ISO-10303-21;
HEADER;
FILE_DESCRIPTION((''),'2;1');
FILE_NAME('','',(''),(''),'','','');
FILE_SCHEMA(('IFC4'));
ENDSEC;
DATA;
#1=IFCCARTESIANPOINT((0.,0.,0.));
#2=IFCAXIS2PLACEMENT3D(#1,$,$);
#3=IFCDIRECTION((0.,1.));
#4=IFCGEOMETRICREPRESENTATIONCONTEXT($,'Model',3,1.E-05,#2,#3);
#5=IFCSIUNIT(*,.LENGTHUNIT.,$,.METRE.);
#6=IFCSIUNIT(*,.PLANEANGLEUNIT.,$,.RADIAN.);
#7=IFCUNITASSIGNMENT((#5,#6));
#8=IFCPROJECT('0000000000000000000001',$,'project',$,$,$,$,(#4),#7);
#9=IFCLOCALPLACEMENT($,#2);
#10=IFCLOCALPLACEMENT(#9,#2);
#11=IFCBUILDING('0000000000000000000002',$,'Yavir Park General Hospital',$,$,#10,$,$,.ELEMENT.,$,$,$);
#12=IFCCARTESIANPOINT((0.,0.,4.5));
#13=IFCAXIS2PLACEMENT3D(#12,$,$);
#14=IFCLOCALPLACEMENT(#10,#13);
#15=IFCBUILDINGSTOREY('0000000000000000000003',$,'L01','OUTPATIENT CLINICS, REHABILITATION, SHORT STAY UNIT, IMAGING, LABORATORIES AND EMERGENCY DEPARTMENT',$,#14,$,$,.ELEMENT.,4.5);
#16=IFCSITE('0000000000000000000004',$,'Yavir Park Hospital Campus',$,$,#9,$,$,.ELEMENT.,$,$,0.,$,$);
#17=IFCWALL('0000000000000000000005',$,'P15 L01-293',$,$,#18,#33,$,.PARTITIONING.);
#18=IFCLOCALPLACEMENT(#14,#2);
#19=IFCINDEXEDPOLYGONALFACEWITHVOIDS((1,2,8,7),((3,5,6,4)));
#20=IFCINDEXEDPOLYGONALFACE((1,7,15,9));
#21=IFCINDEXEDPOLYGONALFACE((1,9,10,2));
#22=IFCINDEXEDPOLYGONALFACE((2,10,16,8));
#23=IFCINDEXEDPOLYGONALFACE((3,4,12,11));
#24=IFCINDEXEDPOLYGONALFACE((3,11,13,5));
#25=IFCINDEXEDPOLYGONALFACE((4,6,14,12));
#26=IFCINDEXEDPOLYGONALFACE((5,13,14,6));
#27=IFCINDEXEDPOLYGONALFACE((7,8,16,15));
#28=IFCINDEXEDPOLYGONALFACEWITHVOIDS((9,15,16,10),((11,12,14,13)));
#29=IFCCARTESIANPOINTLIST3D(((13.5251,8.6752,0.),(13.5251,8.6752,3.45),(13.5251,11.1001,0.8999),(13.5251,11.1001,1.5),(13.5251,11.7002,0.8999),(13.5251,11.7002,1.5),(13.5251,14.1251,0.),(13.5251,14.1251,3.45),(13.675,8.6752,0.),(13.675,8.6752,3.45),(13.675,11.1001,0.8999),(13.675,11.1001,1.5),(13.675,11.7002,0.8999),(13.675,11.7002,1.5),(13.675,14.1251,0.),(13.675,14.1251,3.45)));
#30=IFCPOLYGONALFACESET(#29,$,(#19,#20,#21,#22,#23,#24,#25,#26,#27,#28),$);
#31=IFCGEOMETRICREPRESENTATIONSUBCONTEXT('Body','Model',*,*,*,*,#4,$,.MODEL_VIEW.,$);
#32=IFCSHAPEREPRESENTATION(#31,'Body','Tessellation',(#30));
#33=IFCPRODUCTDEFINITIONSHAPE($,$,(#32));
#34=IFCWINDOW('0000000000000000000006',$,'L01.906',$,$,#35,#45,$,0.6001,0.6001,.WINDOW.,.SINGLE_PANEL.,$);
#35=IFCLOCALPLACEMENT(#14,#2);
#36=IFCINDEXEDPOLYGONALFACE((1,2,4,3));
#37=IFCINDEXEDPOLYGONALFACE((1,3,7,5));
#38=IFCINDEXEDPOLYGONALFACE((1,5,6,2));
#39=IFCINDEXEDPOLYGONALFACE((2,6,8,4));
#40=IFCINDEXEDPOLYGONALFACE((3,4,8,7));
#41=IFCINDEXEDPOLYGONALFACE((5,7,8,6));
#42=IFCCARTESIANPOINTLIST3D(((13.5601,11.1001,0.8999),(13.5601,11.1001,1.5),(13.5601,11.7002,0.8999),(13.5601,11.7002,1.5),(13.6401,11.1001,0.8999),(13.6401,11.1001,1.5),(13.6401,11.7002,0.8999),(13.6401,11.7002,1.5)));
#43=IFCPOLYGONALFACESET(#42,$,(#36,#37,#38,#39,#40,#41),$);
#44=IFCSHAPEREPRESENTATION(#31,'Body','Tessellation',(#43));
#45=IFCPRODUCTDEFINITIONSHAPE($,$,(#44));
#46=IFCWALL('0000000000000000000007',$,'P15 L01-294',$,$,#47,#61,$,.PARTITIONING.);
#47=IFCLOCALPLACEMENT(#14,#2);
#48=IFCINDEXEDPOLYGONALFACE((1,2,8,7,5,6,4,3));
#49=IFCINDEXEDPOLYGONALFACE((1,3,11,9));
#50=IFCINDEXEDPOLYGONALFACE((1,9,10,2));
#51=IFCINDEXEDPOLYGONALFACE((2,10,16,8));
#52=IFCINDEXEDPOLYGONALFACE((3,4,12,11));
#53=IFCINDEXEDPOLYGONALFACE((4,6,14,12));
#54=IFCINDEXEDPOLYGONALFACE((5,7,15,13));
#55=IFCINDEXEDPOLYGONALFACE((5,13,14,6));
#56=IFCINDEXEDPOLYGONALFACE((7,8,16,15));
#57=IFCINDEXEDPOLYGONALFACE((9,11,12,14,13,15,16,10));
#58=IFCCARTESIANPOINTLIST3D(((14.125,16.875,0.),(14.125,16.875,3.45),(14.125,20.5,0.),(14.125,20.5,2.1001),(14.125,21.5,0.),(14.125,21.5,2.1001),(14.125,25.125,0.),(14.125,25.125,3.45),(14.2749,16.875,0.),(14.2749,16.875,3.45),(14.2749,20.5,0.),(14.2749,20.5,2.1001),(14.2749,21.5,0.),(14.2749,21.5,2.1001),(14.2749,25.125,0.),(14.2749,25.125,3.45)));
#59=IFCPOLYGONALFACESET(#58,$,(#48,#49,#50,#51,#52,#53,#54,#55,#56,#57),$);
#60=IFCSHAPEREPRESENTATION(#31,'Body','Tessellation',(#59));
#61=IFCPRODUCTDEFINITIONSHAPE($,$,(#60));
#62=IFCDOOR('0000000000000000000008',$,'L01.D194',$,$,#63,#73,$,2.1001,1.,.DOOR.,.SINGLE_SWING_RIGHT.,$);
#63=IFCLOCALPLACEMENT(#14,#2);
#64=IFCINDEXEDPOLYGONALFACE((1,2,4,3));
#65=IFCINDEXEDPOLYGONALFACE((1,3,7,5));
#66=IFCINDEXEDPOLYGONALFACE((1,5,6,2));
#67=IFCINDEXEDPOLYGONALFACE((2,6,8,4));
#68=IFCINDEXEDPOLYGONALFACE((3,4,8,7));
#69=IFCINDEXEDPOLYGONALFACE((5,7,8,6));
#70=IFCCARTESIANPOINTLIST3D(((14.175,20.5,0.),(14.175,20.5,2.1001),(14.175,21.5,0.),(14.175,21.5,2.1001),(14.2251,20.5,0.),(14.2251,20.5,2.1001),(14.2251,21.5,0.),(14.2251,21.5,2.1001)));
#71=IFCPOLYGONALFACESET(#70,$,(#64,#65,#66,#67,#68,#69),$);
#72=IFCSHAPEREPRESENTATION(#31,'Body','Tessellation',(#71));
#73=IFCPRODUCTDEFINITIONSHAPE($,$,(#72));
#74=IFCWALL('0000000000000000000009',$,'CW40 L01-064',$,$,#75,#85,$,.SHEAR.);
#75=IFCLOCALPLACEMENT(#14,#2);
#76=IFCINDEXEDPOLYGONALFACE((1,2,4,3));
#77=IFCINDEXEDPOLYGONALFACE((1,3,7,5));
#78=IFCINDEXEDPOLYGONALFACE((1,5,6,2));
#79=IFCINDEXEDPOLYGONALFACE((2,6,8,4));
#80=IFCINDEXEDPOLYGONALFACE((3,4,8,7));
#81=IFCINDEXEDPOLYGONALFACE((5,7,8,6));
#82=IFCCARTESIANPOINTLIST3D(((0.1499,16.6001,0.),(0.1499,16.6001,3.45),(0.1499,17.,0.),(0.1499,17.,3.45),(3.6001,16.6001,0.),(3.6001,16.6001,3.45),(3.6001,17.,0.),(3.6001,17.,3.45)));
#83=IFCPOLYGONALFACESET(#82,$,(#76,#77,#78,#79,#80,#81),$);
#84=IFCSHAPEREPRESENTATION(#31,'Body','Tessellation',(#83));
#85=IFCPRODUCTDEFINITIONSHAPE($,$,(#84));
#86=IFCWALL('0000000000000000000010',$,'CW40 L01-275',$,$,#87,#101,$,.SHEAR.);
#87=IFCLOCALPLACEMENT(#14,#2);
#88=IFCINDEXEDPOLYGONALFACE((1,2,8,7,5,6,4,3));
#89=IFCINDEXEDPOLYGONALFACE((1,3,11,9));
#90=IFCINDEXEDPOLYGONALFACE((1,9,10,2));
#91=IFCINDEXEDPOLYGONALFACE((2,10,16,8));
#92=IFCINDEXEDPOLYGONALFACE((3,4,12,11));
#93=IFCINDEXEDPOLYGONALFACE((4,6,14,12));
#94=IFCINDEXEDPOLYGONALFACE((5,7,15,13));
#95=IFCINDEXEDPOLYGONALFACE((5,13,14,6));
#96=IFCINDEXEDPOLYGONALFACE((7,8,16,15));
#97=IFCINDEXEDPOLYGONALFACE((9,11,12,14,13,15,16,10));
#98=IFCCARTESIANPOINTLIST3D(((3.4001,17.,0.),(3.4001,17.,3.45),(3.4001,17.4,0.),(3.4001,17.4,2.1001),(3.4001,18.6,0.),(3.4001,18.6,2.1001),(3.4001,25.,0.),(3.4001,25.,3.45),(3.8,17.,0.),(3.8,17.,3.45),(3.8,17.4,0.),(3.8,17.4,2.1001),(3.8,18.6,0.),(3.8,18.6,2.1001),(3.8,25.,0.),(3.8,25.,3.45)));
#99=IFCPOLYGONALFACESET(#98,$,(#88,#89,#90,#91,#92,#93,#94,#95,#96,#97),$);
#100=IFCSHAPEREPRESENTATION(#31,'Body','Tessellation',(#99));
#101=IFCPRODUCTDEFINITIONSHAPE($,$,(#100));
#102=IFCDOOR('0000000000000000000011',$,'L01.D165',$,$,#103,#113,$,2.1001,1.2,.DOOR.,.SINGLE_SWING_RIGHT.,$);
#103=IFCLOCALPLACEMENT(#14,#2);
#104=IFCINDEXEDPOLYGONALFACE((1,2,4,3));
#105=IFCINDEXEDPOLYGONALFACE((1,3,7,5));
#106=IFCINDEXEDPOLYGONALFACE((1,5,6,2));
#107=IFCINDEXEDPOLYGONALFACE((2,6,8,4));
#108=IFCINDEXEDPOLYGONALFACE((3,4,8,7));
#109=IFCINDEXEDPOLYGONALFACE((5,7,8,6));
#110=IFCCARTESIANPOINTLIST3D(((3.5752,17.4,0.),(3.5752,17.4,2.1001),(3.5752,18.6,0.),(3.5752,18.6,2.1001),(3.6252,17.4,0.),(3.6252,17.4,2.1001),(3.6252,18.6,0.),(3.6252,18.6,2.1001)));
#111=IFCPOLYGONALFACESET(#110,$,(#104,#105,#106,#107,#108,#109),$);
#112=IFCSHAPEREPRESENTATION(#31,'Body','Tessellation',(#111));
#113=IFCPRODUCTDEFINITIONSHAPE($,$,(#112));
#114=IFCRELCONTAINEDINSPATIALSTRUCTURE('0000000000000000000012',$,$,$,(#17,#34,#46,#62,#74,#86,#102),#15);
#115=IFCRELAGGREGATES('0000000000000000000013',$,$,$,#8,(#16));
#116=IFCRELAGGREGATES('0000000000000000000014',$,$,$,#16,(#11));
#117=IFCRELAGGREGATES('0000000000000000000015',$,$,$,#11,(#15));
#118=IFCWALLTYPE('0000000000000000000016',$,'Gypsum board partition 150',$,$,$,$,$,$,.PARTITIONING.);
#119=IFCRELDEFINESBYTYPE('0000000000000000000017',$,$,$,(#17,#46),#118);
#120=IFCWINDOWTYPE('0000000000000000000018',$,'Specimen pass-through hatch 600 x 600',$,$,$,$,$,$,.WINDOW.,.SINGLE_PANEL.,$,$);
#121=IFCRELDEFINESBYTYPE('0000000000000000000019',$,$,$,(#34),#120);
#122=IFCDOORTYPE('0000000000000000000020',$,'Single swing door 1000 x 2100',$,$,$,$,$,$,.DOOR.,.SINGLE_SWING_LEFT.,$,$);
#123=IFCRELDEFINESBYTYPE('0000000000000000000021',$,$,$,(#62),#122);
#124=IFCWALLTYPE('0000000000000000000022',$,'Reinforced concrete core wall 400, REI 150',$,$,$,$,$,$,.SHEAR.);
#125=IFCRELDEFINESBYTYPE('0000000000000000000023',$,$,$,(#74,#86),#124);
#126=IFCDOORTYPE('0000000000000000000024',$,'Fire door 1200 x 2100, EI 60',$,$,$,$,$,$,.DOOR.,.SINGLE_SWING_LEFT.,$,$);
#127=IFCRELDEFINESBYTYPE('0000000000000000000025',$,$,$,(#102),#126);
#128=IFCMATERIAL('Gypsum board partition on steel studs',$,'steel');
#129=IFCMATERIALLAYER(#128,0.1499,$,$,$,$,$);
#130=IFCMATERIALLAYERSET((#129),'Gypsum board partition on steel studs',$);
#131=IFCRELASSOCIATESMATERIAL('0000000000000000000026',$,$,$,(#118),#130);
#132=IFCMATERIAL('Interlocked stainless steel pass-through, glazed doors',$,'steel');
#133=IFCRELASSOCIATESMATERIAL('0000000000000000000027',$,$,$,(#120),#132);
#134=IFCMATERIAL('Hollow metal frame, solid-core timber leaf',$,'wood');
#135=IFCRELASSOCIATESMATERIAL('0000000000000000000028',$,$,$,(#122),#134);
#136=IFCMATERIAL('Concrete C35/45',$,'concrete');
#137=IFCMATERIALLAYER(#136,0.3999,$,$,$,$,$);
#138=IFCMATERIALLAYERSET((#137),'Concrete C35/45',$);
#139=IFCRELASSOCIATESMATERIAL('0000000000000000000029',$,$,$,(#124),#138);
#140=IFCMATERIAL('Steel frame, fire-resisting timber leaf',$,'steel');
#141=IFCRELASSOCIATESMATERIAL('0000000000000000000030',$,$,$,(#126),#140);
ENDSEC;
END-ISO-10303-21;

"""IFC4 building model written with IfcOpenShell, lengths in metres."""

from ifc_helpers import new_model, si_unit, direction, frame, frame_2d, origin, place, context, subcontext, project, spatial, rectangle, extrude, material, layer, layer_set, type_object, element, fill, save


model = new_model("IFC4")

# Units and contexts
model_context = context("Model", 3, precision=1e-05, world=origin(), true_north=direction((0.0, 1.0)))
body_context = subcontext(model_context, "Body", "Model", "MODEL_VIEW")
ifc_project = project(units=[si_unit("LENGTHUNIT", "METRE"), si_unit("PLANEANGLEUNIT", "RADIAN")], contexts=[model_context])

# Site, building, storey
site_placement = place(None, origin())
site = spatial("IfcSite", under=ifc_project, at=site_placement, Name="Yavir Park Hospital Campus", CompositionType="ELEMENT", RefElevation=0.0)
building_placement = place(site_placement, origin())
building = spatial("IfcBuilding", under=site, at=building_placement, Name="Yavir Park General Hospital", CompositionType="ELEMENT")
storey_placement = place(building_placement, frame((0.0, 0.0, 4.5)))
storey = spatial("IfcBuildingStorey", under=building, at=storey_placement, Name="L01", Description="OUTPATIENT CLINICS, REHABILITATION, SHORT STAY UNIT, IMAGING, LABORATORIES AND EMERGENCY DEPARTMENT", CompositionType="ELEMENT", Elevation=4.5)

# Shared definitions
ifc_material_1 = material(Name="Gypsum board partition on steel studs", Category="steel")
ifc_layer_1 = layer(ifc_material_1, 0.1499)
ifc_layer_set_1 = layer_set([ifc_layer_1], Name="Gypsum board partition on steel studs")
wall_type_1 = type_object("IfcWallType", Name="Gypsum board partition 150", PredefinedType="PARTITIONING", material=ifc_layer_set_1)

# Wall, opening, window
wall_1_placement = place(storey_placement, frame((13.6001, 8.675, 0.0), z_axis=(0.0, 0.0, 1.0), x_axis=(0.0, 1.0, 0.0)))
wall_1 = element("IfcWall", 1, at=wall_1_placement, inside=storey, type_object=wall_type_1, Name="P15 L01-293", PredefinedType="PARTITIONING", context=body_context, shape_type="SweptSolid", body=[
    extrude(rectangle(XDim=5.45, YDim=0.1499, at=frame_2d((2.7251, 0.0))), origin(), (0.0, 0.0, 1.0), 3.45),
])
opening_1_placement = place(wall_1_placement, frame((2.425, 0.0, 0.8999)))
opening_1 = element("IfcOpeningElement", 2, at=opening_1_placement, cuts=wall_1, PredefinedType="OPENING", context=body_context, shape_type="SweptSolid", body=[
    extrude(rectangle(XDim=0.6001, YDim=0.6001, at=frame_2d((0.3, 0.3))), frame((0.0, 0.085, 0.0), z_axis=(0.0, -1.0, 0.0), x_axis=(1.0, 0.0, 0.0)), (0.0, 0.0, 1.0), 0.1699),
])
ifc_material_2 = material(Name="Interlocked stainless steel pass-through, glazed doors", Category="steel")
window_type_1 = type_object("IfcWindowType", Name="Specimen pass-through hatch 600 x 600", PartitioningType="SINGLE_PANEL", PredefinedType="WINDOW", material=ifc_material_2)
window_1_placement = place(opening_1_placement, origin())
window_1 = element("IfcWindow", 3, at=window_1_placement, inside=storey, type_object=window_type_1, Name="L01.906", OverallHeight=0.6001, OverallWidth=0.6001, PartitioningType="SINGLE_PANEL", PredefinedType="WINDOW", context=body_context, shape_type="SweptSolid", body=[
    extrude(rectangle(XDim=0.6001, YDim=0.6001, at=frame_2d((0.3, 0.3))), frame((0.0, 0.04, 0.0), z_axis=(0.0, -1.0, 0.0), x_axis=(1.0, 0.0, 0.0)), (0.0, 0.0, 1.0), 0.0801),
])
fill(opening_1, window_1)

# Wall, opening, door
wall_2_placement = place(storey_placement, frame((14.2, 16.875, 0.0), z_axis=(0.0, 0.0, 1.0), x_axis=(0.0, 1.0, 0.0)))
wall_2 = element("IfcWall", 4, at=wall_2_placement, inside=storey, type_object=wall_type_1, Name="P15 L01-294", PredefinedType="PARTITIONING", context=body_context, shape_type="SweptSolid", body=[
    extrude(rectangle(XDim=8.25, YDim=0.1499, at=frame_2d((4.125, 0.0))), origin(), (0.0, 0.0, 1.0), 3.45),
])
opening_2_placement = place(wall_2_placement, frame((3.625, 0.0, 0.0)))
opening_2 = element("IfcOpeningElement", 5, at=opening_2_placement, cuts=wall_2, PredefinedType="OPENING", context=body_context, shape_type="SweptSolid", body=[
    extrude(rectangle(XDim=1.0, YDim=2.1001, at=frame_2d((0.5, 1.05))), frame((0.0, 0.085, 0.0), z_axis=(0.0, -1.0, 0.0), x_axis=(1.0, 0.0, 0.0)), (0.0, 0.0, 1.0), 0.1699),
])
ifc_material_3 = material(Name="Hollow metal frame, solid-core timber leaf", Category="wood")
door_type_1 = type_object("IfcDoorType", Name="Single swing door 1000 x 2100", OperationType="SINGLE_SWING_LEFT", PredefinedType="DOOR", material=ifc_material_3)
door_1_placement = place(opening_2_placement, origin())
door_1 = element("IfcDoor", 6, at=door_1_placement, inside=storey, type_object=door_type_1, Name="L01.D194", OperationType="SINGLE_SWING_RIGHT", OverallHeight=2.1001, OverallWidth=1.0, PredefinedType="DOOR", context=body_context, shape_type="SweptSolid", body=[
    extrude(rectangle(XDim=1.0, YDim=2.1001, at=frame_2d((0.5, 1.05))), frame((0.0, 0.0249, 0.0), z_axis=(0.0, -1.0, 0.0), x_axis=(1.0, 0.0, 0.0)), (0.0, 0.0, 1.0), 0.05),
])
fill(opening_2, door_1)

# Wall
ifc_material_4 = material(Name="Concrete C35/45", Category="concrete")
ifc_layer_2 = layer(ifc_material_4, 0.3999)
ifc_layer_set_2 = layer_set([ifc_layer_2], Name="Concrete C35/45")
wall_type_2 = type_object("IfcWallType", Name="Reinforced concrete core wall 400, REI 150", PredefinedType="SHEAR", material=ifc_layer_set_2)
wall_3_placement = place(storey_placement, frame((0.1499, 16.8, 0.0), z_axis=(0.0, 0.0, 1.0), x_axis=(1.0, 0.0, 0.0)))
element("IfcWall", 7, at=wall_3_placement, inside=storey, type_object=wall_type_2, Name="CW40 L01-064", PredefinedType="SHEAR", context=body_context, shape_type="SweptSolid", body=[
    extrude(rectangle(XDim=3.4502, YDim=0.3999, at=frame_2d((1.7251, 0.0))), origin(), (0.0, 0.0, 1.0), 3.45),
])

# Wall, opening, door
wall_4_placement = place(storey_placement, frame((3.6001, 17.0, 0.0), z_axis=(0.0, 0.0, 1.0), x_axis=(0.0, 1.0, 0.0)))
wall_4 = element("IfcWall", 8, at=wall_4_placement, inside=storey, type_object=wall_type_2, Name="CW40 L01-275", PredefinedType="SHEAR", context=body_context, shape_type="SweptSolid", body=[
    extrude(rectangle(XDim=8.0, YDim=0.3999, at=frame_2d((4.0, 0.0))), origin(), (0.0, 0.0, 1.0), 3.45),
])
opening_3_placement = place(wall_4_placement, frame((0.3999, 0.0, 0.0)))
opening_3 = element("IfcOpeningElement", 9, at=opening_3_placement, cuts=wall_4, PredefinedType="OPENING", context=body_context, shape_type="SweptSolid", body=[
    extrude(rectangle(XDim=1.2, YDim=2.1001, at=frame_2d((0.6001, 1.05))), frame((0.0, 0.21, 0.0), z_axis=(0.0, -1.0, 0.0), x_axis=(1.0, 0.0, 0.0)), (0.0, 0.0, 1.0), 0.4199),
])
ifc_material_5 = material(Name="Steel frame, fire-resisting timber leaf", Category="steel")
door_type_2 = type_object("IfcDoorType", Name="Fire door 1200 x 2100, EI 60", OperationType="SINGLE_SWING_LEFT", PredefinedType="DOOR", material=ifc_material_5)
door_2_placement = place(opening_3_placement, origin())
door_2 = element("IfcDoor", 10, at=door_2_placement, inside=storey, type_object=door_type_2, Name="L01.D165", OperationType="SINGLE_SWING_RIGHT", OverallHeight=2.1001, OverallWidth=1.2, PredefinedType="DOOR", context=body_context, shape_type="SweptSolid", body=[
    extrude(rectangle(XDim=1.2, YDim=2.1001, at=frame_2d((0.6001, 1.05))), frame((0.0, 0.0249, 0.0), z_axis=(0.0, -1.0, 0.0), x_axis=(1.0, 0.0, 0.0)), (0.0, 0.0, 1.0), 0.05),
])
fill(opening_3, door_2)

save(model, "model.ifc")
